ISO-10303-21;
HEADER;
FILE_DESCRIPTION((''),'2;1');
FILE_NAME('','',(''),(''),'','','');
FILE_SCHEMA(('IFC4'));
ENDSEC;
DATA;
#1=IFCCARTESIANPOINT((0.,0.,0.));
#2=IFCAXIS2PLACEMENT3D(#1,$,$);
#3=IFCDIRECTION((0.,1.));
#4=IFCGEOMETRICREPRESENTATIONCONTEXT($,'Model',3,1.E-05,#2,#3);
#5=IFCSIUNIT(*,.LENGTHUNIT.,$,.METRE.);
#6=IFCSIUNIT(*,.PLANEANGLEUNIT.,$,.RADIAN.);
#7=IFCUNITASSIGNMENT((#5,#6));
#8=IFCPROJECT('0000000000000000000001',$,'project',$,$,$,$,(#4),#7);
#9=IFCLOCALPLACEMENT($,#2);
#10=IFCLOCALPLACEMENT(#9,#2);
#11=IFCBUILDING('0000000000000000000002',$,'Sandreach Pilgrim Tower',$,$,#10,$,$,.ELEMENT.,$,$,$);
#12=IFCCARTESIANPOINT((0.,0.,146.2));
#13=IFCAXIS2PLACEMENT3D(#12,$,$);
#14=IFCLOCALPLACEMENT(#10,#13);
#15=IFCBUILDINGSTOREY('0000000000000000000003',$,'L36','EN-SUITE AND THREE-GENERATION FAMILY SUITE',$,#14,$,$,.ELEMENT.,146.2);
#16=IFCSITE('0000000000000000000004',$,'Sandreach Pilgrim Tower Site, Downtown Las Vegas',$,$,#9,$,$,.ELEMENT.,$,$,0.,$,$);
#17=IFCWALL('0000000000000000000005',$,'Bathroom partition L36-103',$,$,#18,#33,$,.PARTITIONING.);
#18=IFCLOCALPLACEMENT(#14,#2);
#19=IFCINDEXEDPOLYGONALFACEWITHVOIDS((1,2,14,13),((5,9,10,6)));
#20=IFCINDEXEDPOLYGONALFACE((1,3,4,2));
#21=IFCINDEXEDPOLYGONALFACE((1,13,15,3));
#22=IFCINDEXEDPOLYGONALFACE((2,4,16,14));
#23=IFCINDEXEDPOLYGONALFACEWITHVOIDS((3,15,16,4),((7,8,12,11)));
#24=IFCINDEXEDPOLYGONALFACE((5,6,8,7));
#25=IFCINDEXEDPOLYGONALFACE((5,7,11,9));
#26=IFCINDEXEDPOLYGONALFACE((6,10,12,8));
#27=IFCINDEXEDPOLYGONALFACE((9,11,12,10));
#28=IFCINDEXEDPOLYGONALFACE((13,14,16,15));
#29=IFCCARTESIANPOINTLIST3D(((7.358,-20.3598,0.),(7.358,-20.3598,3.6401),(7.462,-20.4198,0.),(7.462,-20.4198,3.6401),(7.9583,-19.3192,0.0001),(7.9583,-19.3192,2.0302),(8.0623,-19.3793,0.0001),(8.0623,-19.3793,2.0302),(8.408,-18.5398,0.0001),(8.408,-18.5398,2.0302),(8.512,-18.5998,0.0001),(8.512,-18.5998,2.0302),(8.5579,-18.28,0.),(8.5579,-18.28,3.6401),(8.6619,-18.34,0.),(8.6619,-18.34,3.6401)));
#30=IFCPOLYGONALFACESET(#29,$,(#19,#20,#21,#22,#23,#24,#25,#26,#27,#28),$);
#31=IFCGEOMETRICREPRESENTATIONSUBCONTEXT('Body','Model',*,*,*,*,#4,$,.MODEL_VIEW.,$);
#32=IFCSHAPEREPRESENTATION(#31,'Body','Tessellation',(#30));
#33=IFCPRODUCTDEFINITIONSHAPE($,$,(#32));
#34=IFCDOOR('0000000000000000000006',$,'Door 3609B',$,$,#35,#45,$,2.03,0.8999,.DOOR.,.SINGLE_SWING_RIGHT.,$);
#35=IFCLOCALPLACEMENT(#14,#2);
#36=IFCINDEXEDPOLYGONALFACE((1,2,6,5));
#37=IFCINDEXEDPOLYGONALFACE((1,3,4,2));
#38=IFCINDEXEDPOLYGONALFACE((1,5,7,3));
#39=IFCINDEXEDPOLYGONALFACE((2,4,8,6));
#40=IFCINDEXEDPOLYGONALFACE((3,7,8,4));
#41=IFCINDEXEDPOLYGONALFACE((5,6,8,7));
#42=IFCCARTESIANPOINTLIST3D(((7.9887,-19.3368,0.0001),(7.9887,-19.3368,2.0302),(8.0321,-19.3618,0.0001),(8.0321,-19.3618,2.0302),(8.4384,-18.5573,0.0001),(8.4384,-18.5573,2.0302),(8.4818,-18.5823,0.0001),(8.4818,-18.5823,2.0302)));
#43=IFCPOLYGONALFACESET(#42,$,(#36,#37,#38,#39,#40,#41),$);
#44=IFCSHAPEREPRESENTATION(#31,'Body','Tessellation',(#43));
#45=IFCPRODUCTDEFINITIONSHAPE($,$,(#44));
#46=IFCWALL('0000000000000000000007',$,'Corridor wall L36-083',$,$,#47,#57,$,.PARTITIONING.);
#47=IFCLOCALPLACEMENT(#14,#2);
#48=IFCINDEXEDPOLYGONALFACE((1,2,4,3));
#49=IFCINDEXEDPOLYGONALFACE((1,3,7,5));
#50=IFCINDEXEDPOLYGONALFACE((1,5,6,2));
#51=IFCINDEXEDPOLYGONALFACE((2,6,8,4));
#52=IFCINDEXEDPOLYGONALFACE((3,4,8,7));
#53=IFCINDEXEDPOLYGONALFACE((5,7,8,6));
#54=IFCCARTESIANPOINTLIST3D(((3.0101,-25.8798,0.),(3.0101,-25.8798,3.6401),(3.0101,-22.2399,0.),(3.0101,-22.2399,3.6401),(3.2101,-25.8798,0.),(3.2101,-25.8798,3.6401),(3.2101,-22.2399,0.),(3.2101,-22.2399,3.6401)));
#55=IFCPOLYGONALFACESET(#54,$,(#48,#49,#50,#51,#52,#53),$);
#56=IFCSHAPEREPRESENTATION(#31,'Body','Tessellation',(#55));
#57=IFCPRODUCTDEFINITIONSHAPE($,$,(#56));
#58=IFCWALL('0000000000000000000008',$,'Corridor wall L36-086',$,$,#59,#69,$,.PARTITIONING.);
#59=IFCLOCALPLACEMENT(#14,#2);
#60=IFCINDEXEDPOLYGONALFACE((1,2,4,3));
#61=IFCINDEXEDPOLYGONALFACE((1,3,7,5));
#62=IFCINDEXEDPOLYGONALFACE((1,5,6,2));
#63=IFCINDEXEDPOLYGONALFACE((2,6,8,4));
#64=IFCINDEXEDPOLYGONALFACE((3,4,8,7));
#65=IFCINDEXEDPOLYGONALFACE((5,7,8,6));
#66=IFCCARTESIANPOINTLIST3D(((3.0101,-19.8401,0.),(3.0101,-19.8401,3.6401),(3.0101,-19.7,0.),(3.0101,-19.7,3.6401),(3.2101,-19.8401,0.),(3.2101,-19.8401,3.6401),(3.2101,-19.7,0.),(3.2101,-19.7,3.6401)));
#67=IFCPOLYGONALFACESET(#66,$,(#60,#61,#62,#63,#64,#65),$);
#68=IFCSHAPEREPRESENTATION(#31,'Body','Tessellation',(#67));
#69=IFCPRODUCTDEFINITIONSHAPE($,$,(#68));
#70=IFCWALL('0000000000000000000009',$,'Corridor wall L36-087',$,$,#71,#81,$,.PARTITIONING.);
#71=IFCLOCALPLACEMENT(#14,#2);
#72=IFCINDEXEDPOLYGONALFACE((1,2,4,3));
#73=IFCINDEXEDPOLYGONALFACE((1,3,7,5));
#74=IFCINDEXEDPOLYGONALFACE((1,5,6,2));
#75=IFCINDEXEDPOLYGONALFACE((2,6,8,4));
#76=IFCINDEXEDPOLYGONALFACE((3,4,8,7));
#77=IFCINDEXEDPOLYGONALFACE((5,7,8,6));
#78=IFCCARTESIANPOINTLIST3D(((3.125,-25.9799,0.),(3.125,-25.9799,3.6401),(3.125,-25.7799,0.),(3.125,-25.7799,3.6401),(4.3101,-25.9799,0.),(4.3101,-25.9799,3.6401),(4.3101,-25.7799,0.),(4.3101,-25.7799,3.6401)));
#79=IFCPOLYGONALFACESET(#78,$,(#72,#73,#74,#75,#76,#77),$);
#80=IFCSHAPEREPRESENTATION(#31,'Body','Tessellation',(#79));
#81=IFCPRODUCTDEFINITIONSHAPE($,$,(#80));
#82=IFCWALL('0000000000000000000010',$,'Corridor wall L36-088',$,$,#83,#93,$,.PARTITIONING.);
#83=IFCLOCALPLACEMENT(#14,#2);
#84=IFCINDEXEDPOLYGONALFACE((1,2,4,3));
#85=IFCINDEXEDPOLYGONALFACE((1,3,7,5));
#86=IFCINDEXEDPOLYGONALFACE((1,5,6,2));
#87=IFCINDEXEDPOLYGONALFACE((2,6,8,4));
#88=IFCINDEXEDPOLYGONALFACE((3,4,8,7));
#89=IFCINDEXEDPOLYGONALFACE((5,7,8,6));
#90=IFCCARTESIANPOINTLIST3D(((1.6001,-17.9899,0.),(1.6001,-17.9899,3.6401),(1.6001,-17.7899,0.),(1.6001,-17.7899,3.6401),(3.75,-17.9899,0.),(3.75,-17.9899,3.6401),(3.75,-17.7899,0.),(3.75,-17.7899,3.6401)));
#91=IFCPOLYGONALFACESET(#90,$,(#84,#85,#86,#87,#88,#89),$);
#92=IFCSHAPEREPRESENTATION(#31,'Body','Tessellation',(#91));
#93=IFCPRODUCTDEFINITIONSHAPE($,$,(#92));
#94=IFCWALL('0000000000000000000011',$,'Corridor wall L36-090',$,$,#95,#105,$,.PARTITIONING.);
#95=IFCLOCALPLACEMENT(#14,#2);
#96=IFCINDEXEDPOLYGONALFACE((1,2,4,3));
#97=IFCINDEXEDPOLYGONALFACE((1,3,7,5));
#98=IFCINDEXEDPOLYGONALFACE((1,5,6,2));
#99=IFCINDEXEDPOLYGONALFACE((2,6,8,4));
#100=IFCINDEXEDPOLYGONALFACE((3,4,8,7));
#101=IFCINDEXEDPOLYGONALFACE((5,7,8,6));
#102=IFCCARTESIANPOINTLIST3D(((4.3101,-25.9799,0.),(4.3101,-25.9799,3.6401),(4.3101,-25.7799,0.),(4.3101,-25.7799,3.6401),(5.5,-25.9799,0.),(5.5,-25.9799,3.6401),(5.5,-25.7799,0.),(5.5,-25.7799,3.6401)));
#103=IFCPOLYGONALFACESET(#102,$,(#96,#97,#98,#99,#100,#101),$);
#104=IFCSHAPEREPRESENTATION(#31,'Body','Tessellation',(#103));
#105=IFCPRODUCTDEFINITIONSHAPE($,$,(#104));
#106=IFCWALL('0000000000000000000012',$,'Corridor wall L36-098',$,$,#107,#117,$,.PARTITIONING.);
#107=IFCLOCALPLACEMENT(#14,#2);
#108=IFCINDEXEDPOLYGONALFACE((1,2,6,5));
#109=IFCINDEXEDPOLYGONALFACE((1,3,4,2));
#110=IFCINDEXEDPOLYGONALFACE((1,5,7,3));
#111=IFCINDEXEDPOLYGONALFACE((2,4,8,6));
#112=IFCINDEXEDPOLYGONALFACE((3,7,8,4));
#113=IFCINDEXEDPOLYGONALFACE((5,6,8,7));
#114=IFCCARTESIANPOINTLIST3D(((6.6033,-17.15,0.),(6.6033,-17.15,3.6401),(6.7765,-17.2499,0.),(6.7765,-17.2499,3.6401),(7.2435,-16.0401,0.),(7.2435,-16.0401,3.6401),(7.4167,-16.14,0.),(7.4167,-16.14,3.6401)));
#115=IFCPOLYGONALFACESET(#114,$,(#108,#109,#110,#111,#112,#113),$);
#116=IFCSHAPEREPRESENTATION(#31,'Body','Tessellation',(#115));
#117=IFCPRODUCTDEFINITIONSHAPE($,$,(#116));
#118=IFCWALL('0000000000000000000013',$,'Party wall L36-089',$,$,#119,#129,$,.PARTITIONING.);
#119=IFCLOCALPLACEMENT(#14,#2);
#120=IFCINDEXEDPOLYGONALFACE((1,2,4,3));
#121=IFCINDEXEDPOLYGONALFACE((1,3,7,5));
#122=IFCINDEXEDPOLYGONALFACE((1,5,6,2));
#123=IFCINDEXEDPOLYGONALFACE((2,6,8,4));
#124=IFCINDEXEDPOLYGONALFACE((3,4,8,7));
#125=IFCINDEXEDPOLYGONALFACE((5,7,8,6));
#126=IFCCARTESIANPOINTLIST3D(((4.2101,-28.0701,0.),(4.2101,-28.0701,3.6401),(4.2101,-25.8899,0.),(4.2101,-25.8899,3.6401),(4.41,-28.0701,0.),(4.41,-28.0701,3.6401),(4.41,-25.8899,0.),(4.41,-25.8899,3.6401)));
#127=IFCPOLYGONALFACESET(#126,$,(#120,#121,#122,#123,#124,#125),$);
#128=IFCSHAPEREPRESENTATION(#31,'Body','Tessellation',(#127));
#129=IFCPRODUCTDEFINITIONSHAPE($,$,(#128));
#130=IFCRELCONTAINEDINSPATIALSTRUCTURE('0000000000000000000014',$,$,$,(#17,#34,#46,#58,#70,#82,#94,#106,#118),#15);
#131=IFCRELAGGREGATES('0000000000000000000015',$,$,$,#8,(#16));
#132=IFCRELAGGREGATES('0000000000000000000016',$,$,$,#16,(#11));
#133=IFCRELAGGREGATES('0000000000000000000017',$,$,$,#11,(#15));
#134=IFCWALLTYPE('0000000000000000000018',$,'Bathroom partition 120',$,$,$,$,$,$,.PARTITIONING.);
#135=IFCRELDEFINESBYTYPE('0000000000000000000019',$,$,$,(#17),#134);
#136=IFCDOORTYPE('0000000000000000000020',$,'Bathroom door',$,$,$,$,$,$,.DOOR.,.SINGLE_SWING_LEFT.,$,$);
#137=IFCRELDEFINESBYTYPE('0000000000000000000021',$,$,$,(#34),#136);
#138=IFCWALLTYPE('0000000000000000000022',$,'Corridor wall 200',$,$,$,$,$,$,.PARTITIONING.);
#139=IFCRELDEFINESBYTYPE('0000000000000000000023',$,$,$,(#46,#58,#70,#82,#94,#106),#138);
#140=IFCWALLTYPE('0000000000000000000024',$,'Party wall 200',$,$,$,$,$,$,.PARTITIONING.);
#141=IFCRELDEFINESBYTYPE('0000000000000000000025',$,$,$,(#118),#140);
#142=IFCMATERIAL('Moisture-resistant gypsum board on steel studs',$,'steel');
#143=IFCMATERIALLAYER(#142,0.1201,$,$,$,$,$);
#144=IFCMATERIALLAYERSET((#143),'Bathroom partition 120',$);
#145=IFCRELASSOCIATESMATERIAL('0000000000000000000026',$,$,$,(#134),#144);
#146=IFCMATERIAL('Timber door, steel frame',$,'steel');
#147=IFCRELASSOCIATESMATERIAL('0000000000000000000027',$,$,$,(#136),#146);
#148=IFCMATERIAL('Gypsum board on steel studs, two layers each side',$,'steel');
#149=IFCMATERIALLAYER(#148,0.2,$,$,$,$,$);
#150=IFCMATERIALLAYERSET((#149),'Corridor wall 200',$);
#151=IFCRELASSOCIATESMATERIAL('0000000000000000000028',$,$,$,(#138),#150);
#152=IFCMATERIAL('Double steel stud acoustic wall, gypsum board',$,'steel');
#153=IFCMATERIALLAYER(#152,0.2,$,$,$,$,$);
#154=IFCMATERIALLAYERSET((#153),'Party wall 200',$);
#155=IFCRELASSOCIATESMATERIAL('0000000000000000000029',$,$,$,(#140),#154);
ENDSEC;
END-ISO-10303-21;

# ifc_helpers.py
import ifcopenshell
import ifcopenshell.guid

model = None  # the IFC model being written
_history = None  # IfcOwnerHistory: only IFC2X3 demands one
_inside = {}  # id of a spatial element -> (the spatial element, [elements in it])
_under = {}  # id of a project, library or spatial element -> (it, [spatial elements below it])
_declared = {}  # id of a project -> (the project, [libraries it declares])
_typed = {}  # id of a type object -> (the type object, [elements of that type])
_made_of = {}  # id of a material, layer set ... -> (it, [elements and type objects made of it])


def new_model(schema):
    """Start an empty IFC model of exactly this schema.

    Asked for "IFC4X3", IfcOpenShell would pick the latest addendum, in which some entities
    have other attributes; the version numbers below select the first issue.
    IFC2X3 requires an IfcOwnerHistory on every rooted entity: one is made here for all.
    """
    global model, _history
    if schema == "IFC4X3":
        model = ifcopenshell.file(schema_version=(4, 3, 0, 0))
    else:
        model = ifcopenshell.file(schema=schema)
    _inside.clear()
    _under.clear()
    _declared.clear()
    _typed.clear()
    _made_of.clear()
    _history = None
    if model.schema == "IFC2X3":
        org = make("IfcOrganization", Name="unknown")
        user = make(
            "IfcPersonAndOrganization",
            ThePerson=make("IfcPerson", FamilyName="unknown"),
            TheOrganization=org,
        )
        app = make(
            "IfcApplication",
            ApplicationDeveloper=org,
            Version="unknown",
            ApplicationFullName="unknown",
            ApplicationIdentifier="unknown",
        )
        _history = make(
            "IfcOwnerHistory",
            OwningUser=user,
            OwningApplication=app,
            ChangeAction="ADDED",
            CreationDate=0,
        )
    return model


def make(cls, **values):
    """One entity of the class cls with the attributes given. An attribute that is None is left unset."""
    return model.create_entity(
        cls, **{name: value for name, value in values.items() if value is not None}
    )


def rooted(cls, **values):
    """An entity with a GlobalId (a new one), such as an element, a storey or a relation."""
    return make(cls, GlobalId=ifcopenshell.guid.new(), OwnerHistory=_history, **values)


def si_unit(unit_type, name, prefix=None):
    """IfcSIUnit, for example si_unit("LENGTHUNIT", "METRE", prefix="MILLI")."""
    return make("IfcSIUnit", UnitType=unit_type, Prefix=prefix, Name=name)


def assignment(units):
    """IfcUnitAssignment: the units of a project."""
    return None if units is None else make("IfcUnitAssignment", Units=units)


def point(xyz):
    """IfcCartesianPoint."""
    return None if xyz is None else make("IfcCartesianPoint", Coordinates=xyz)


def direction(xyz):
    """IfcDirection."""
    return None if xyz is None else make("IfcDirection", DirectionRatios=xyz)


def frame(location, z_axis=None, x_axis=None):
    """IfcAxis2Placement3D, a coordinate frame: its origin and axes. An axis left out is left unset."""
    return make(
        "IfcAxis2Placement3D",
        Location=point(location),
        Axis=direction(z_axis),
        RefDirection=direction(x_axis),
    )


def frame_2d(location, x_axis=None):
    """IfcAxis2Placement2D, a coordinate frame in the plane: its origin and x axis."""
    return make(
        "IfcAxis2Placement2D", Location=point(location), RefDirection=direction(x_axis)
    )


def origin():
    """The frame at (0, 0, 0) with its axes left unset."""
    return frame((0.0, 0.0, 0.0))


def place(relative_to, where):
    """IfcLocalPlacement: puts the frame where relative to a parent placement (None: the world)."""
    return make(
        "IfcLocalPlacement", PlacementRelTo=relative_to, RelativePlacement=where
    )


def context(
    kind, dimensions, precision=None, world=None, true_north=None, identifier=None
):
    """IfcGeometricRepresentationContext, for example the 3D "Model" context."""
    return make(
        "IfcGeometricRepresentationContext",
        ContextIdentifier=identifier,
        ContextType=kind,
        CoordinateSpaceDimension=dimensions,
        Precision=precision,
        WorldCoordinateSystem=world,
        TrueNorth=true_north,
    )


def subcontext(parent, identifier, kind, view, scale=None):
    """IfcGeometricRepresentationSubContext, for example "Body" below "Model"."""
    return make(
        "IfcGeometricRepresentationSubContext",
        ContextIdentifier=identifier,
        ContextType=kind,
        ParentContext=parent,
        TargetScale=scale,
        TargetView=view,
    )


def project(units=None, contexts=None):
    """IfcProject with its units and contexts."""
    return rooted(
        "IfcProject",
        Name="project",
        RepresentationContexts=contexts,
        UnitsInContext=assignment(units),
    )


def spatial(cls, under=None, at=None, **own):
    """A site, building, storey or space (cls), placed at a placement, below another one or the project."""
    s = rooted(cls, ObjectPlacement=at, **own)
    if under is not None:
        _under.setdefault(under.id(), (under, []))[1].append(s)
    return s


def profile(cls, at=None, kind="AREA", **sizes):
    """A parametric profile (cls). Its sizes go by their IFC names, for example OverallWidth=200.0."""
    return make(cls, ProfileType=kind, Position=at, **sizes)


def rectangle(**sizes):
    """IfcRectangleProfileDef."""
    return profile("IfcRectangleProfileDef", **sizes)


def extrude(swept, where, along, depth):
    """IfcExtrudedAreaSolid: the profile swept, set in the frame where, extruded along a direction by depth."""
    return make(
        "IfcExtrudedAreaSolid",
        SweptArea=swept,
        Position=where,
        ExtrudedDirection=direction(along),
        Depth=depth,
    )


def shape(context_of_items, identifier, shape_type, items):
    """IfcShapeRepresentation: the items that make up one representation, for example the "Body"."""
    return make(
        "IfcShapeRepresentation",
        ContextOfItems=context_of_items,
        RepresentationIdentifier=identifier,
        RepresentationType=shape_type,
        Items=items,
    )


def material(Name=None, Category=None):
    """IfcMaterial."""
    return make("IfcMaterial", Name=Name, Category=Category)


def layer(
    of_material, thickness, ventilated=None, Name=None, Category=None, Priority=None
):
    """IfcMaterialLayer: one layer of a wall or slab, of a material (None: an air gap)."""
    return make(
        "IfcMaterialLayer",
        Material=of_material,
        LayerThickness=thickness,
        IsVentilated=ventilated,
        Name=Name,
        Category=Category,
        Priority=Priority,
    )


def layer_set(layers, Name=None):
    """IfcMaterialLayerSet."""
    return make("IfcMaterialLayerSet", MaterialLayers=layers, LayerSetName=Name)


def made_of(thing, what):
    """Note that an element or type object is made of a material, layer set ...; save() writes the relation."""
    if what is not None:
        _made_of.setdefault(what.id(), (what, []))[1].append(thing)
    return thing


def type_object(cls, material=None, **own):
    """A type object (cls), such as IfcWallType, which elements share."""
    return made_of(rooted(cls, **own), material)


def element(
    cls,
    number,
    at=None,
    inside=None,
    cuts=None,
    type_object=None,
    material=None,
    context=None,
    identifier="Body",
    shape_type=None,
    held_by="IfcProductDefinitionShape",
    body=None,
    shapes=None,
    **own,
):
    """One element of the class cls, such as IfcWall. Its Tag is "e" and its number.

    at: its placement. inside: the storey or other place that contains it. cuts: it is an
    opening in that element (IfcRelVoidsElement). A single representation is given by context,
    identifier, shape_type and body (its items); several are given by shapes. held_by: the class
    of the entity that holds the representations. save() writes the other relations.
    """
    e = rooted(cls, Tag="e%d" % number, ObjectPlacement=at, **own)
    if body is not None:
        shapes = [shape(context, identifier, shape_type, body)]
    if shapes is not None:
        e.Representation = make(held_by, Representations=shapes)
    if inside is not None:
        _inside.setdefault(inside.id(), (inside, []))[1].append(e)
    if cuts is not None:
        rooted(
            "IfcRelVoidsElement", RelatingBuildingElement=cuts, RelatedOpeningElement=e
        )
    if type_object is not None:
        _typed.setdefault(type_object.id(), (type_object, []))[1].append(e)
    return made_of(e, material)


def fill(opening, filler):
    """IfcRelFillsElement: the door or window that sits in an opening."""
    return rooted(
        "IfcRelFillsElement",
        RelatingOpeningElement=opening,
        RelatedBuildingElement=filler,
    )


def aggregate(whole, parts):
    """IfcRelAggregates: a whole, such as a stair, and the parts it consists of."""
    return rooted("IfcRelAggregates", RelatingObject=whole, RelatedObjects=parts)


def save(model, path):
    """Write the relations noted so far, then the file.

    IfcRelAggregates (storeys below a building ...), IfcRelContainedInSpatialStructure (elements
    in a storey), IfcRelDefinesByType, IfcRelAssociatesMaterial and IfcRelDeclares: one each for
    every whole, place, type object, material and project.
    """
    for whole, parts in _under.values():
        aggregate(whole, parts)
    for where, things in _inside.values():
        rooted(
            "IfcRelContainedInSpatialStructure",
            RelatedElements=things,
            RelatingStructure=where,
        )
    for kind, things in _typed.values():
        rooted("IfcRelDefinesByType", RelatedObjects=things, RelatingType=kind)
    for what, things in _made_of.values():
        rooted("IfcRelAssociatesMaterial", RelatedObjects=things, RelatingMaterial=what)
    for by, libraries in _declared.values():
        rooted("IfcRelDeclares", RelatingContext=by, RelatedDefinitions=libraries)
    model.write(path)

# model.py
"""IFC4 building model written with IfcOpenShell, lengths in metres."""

from ifc_helpers import new_model, si_unit, direction, frame, frame_2d, origin, place, context, subcontext, project, spatial, rectangle, extrude, material, layer, layer_set, type_object, element, fill, save


model = new_model("IFC4")

# Units and contexts
model_context = context("Model", 3, precision=1e-05, world=origin(), true_north=direction((0.0, 1.0)))
body_context = subcontext(model_context, "Body", "Model", "MODEL_VIEW")
ifc_project = project(units=[si_unit("LENGTHUNIT", "METRE"), si_unit("PLANEANGLEUNIT", "RADIAN")], contexts=[model_context])

# Site, building, storey
site_placement = place(None, origin())
site = spatial("IfcSite", under=ifc_project, at=site_placement, Name="Sandreach Pilgrim Tower Site, Downtown Las Vegas", CompositionType="ELEMENT", RefElevation=0.0)
building_placement = place(site_placement, origin())
building = spatial("IfcBuilding", under=site, at=building_placement, Name="Sandreach Pilgrim Tower", CompositionType="ELEMENT")
storey_placement = place(building_placement, frame((0.0, 0.0, 146.2)))
storey = spatial("IfcBuildingStorey", under=building, at=storey_placement, Name="L36", Description="EN-SUITE AND THREE-GENERATION FAMILY SUITE", CompositionType="ELEMENT", Elevation=146.2)

# Shared definitions
ifc_material_1 = material(Name="Moisture-resistant gypsum board on steel studs", Category="steel")
ifc_layer_1 = layer(ifc_material_1, 0.1201)
ifc_layer_set_1 = layer_set([ifc_layer_1], Name="Bathroom partition 120")
wall_type_1 = type_object("IfcWallType", Name="Bathroom partition 120", PredefinedType="PARTITIONING", material=ifc_layer_set_1)
ifc_material_2 = material(Name="Timber door, steel frame", Category="steel")
door_type_1 = type_object("IfcDoorType", Name="Bathroom door", OperationType="SINGLE_SWING_LEFT", PredefinedType="DOOR", material=ifc_material_2)

# Wall, opening, door
wall_1_placement = place(storey_placement, frame((7.4099, -20.3899, 0.0), z_axis=(0.0, 0.0, 1.0), x_axis=(0.499737, 0.866177, 0.0)))
wall_1 = element("IfcWall", 1, at=wall_1_placement, inside=storey, type_object=wall_type_1, Name="Bathroom partition L36-103", PredefinedType="PARTITIONING", context=body_context, shape_type="SweptSolid", body=[
    extrude(rectangle(XDim=2.4011, YDim=0.1201, at=frame_2d((1.2007, 0.0))), origin(), (0.0, 0.0, 1.0), 3.6401),
])
opening_1_placement = place(wall_1_placement, frame((1.2014, 0.0, 0.0)))
opening_1 = element("IfcOpeningElement", 2, at=opening_1_placement, cuts=wall_1, PredefinedType="OPENING", context=body_context, shape_type="SweptSolid", body=[
    extrude(rectangle(XDim=0.8999, YDim=2.03, at=frame_2d((0.45, 1.0151))), frame((0.0, 0.0601, 0.0), z_axis=(0.0, -1.0, 0.0), x_axis=(1.0, 0.0, 0.0)), (0.0, 0.0, 1.0), 0.1201),
])
door_1_placement = place(opening_1_placement, origin())
door_1 = element("IfcDoor", 3, at=door_1_placement, inside=storey, type_object=door_type_1, Name="Door 3609B", OperationType="SINGLE_SWING_RIGHT", OverallHeight=2.03, OverallWidth=0.8999, PredefinedType="DOOR", context=body_context, shape_type="SweptSolid", body=[
    extrude(rectangle(XDim=0.8999, YDim=2.03, at=frame_2d((0.45, 1.0151))), frame((0.0, 0.0249, 0.0), z_axis=(0.0, -1.0, 0.0), x_axis=(1.0, 0.0, 0.0)), (0.0, 0.0, 1.0), 0.05),
])
fill(opening_1, door_1)
ifc_material_3 = material(Name="Gypsum board on steel studs, two layers each side", Category="steel")
ifc_layer_2 = layer(ifc_material_3, 0.2)
ifc_layer_set_2 = layer_set([ifc_layer_2], Name="Corridor wall 200")
wall_type_2 = type_object("IfcWallType", Name="Corridor wall 200", PredefinedType="PARTITIONING", material=ifc_layer_set_2)

# Walls
wall_2_placement = place(storey_placement, frame((3.1101, -22.24, 0.0), z_axis=(0.0, 0.0, 1.0), x_axis=(0.0, -1.0, 0.0)))
element("IfcWall", 4, at=wall_2_placement, inside=storey, type_object=wall_type_2, Name="Corridor wall L36-083", PredefinedType="PARTITIONING", context=body_context, shape_type="SweptSolid", body=[
    extrude(rectangle(XDim=3.6399, YDim=0.2, at=frame_2d((1.8198, 0.0))), origin(), (0.0, 0.0, 1.0), 3.6401),
])
wall_3_placement = place(storey_placement, frame((3.1101, -19.7, 0.0), z_axis=(0.0, 0.0, 1.0), x_axis=(0.0, -1.0, 0.0)))
element("IfcWall", 5, at=wall_3_placement, inside=storey, type_object=wall_type_2, Name="Corridor wall L36-086", PredefinedType="PARTITIONING", context=body_context, shape_type="SweptSolid", body=[
    extrude(rectangle(XDim=0.1401, YDim=0.2, at=frame_2d((0.0701, 0.0))), origin(), (0.0, 0.0, 1.0), 3.6401),
])
wall_4_placement = place(storey_placement, frame((3.125, -25.8799, 0.0), z_axis=(0.0, 0.0, 1.0), x_axis=(1.0, 0.0, 0.0)))
element("IfcWall", 6, at=wall_4_placement, inside=storey, type_object=wall_type_2, Name="Corridor wall L36-087", PredefinedType="PARTITIONING", context=body_context, shape_type="SweptSolid", body=[
    extrude(rectangle(XDim=1.1851, YDim=0.2, at=frame_2d((0.5925, 0.0))), origin(), (0.0, 0.0, 1.0), 3.6401),
])
wall_5_placement = place(storey_placement, frame((3.75, -17.8899, 0.0), z_axis=(0.0, 0.0, 1.0), x_axis=(-1.0, 0.0, 0.0)))
element("IfcWall", 7, at=wall_5_placement, inside=storey, type_object=wall_type_2, Name="Corridor wall L36-088", PredefinedType="PARTITIONING", context=body_context, shape_type="SweptSolid", body=[
    extrude(rectangle(XDim=2.1499, YDim=0.2, at=frame_2d((1.075, 0.0))), origin(), (0.0, 0.0, 1.0), 3.6401),
])
wall_6_placement = place(storey_placement, frame((4.3101, -25.8799, 0.0), z_axis=(0.0, 0.0, 1.0), x_axis=(1.0, 0.0, 0.0)))
element("IfcWall", 8, at=wall_6_placement, inside=storey, type_object=wall_type_2, Name="Corridor wall L36-090", PredefinedType="PARTITIONING", context=body_context, shape_type="SweptSolid", body=[
    extrude(rectangle(XDim=1.1899, YDim=0.2, at=frame_2d((0.595, 0.0))), origin(), (0.0, 0.0, 1.0), 3.6401),
])

# Walls
wall_7_placement = place(storey_placement, frame((6.6899, -17.2, 0.0), z_axis=(0.0, 0.0, 1.0), x_axis=(0.499623, 0.866243, 0.0)))
element("IfcWall", 9, at=wall_7_placement, inside=storey, type_object=wall_type_2, Name="Corridor wall L36-098", PredefinedType="PARTITIONING", context=body_context, shape_type="SweptSolid", body=[
    extrude(rectangle(XDim=1.2812, YDim=0.2, at=frame_2d((0.6406, 0.0))), origin(), (0.0, 0.0, 1.0), 3.6401),
])
ifc_material_4 = material(Name="Double steel stud acoustic wall, gypsum board", Category="steel")
ifc_layer_3 = layer(ifc_material_4, 0.2)
ifc_layer_set_3 = layer_set([ifc_layer_3], Name="Party wall 200")
wall_type_3 = type_object("IfcWallType", Name="Party wall 200", PredefinedType="PARTITIONING", material=ifc_layer_set_3)
wall_8_placement = place(storey_placement, frame((4.3101, -28.0701, 0.0), z_axis=(0.0, 0.0, 1.0), x_axis=(0.0, 1.0, 0.0)))
element("IfcWall", 10, at=wall_8_placement, inside=storey, type_object=wall_type_3, Name="Party wall L36-089", PredefinedType="PARTITIONING", context=body_context, shape_type="SweptSolid", body=[
    extrude(rectangle(XDim=2.1802, YDim=0.2, at=frame_2d((1.0901, 0.0))), origin(), (0.0, 0.0, 1.0), 3.6401),
])

save(model, "model.ifc")
